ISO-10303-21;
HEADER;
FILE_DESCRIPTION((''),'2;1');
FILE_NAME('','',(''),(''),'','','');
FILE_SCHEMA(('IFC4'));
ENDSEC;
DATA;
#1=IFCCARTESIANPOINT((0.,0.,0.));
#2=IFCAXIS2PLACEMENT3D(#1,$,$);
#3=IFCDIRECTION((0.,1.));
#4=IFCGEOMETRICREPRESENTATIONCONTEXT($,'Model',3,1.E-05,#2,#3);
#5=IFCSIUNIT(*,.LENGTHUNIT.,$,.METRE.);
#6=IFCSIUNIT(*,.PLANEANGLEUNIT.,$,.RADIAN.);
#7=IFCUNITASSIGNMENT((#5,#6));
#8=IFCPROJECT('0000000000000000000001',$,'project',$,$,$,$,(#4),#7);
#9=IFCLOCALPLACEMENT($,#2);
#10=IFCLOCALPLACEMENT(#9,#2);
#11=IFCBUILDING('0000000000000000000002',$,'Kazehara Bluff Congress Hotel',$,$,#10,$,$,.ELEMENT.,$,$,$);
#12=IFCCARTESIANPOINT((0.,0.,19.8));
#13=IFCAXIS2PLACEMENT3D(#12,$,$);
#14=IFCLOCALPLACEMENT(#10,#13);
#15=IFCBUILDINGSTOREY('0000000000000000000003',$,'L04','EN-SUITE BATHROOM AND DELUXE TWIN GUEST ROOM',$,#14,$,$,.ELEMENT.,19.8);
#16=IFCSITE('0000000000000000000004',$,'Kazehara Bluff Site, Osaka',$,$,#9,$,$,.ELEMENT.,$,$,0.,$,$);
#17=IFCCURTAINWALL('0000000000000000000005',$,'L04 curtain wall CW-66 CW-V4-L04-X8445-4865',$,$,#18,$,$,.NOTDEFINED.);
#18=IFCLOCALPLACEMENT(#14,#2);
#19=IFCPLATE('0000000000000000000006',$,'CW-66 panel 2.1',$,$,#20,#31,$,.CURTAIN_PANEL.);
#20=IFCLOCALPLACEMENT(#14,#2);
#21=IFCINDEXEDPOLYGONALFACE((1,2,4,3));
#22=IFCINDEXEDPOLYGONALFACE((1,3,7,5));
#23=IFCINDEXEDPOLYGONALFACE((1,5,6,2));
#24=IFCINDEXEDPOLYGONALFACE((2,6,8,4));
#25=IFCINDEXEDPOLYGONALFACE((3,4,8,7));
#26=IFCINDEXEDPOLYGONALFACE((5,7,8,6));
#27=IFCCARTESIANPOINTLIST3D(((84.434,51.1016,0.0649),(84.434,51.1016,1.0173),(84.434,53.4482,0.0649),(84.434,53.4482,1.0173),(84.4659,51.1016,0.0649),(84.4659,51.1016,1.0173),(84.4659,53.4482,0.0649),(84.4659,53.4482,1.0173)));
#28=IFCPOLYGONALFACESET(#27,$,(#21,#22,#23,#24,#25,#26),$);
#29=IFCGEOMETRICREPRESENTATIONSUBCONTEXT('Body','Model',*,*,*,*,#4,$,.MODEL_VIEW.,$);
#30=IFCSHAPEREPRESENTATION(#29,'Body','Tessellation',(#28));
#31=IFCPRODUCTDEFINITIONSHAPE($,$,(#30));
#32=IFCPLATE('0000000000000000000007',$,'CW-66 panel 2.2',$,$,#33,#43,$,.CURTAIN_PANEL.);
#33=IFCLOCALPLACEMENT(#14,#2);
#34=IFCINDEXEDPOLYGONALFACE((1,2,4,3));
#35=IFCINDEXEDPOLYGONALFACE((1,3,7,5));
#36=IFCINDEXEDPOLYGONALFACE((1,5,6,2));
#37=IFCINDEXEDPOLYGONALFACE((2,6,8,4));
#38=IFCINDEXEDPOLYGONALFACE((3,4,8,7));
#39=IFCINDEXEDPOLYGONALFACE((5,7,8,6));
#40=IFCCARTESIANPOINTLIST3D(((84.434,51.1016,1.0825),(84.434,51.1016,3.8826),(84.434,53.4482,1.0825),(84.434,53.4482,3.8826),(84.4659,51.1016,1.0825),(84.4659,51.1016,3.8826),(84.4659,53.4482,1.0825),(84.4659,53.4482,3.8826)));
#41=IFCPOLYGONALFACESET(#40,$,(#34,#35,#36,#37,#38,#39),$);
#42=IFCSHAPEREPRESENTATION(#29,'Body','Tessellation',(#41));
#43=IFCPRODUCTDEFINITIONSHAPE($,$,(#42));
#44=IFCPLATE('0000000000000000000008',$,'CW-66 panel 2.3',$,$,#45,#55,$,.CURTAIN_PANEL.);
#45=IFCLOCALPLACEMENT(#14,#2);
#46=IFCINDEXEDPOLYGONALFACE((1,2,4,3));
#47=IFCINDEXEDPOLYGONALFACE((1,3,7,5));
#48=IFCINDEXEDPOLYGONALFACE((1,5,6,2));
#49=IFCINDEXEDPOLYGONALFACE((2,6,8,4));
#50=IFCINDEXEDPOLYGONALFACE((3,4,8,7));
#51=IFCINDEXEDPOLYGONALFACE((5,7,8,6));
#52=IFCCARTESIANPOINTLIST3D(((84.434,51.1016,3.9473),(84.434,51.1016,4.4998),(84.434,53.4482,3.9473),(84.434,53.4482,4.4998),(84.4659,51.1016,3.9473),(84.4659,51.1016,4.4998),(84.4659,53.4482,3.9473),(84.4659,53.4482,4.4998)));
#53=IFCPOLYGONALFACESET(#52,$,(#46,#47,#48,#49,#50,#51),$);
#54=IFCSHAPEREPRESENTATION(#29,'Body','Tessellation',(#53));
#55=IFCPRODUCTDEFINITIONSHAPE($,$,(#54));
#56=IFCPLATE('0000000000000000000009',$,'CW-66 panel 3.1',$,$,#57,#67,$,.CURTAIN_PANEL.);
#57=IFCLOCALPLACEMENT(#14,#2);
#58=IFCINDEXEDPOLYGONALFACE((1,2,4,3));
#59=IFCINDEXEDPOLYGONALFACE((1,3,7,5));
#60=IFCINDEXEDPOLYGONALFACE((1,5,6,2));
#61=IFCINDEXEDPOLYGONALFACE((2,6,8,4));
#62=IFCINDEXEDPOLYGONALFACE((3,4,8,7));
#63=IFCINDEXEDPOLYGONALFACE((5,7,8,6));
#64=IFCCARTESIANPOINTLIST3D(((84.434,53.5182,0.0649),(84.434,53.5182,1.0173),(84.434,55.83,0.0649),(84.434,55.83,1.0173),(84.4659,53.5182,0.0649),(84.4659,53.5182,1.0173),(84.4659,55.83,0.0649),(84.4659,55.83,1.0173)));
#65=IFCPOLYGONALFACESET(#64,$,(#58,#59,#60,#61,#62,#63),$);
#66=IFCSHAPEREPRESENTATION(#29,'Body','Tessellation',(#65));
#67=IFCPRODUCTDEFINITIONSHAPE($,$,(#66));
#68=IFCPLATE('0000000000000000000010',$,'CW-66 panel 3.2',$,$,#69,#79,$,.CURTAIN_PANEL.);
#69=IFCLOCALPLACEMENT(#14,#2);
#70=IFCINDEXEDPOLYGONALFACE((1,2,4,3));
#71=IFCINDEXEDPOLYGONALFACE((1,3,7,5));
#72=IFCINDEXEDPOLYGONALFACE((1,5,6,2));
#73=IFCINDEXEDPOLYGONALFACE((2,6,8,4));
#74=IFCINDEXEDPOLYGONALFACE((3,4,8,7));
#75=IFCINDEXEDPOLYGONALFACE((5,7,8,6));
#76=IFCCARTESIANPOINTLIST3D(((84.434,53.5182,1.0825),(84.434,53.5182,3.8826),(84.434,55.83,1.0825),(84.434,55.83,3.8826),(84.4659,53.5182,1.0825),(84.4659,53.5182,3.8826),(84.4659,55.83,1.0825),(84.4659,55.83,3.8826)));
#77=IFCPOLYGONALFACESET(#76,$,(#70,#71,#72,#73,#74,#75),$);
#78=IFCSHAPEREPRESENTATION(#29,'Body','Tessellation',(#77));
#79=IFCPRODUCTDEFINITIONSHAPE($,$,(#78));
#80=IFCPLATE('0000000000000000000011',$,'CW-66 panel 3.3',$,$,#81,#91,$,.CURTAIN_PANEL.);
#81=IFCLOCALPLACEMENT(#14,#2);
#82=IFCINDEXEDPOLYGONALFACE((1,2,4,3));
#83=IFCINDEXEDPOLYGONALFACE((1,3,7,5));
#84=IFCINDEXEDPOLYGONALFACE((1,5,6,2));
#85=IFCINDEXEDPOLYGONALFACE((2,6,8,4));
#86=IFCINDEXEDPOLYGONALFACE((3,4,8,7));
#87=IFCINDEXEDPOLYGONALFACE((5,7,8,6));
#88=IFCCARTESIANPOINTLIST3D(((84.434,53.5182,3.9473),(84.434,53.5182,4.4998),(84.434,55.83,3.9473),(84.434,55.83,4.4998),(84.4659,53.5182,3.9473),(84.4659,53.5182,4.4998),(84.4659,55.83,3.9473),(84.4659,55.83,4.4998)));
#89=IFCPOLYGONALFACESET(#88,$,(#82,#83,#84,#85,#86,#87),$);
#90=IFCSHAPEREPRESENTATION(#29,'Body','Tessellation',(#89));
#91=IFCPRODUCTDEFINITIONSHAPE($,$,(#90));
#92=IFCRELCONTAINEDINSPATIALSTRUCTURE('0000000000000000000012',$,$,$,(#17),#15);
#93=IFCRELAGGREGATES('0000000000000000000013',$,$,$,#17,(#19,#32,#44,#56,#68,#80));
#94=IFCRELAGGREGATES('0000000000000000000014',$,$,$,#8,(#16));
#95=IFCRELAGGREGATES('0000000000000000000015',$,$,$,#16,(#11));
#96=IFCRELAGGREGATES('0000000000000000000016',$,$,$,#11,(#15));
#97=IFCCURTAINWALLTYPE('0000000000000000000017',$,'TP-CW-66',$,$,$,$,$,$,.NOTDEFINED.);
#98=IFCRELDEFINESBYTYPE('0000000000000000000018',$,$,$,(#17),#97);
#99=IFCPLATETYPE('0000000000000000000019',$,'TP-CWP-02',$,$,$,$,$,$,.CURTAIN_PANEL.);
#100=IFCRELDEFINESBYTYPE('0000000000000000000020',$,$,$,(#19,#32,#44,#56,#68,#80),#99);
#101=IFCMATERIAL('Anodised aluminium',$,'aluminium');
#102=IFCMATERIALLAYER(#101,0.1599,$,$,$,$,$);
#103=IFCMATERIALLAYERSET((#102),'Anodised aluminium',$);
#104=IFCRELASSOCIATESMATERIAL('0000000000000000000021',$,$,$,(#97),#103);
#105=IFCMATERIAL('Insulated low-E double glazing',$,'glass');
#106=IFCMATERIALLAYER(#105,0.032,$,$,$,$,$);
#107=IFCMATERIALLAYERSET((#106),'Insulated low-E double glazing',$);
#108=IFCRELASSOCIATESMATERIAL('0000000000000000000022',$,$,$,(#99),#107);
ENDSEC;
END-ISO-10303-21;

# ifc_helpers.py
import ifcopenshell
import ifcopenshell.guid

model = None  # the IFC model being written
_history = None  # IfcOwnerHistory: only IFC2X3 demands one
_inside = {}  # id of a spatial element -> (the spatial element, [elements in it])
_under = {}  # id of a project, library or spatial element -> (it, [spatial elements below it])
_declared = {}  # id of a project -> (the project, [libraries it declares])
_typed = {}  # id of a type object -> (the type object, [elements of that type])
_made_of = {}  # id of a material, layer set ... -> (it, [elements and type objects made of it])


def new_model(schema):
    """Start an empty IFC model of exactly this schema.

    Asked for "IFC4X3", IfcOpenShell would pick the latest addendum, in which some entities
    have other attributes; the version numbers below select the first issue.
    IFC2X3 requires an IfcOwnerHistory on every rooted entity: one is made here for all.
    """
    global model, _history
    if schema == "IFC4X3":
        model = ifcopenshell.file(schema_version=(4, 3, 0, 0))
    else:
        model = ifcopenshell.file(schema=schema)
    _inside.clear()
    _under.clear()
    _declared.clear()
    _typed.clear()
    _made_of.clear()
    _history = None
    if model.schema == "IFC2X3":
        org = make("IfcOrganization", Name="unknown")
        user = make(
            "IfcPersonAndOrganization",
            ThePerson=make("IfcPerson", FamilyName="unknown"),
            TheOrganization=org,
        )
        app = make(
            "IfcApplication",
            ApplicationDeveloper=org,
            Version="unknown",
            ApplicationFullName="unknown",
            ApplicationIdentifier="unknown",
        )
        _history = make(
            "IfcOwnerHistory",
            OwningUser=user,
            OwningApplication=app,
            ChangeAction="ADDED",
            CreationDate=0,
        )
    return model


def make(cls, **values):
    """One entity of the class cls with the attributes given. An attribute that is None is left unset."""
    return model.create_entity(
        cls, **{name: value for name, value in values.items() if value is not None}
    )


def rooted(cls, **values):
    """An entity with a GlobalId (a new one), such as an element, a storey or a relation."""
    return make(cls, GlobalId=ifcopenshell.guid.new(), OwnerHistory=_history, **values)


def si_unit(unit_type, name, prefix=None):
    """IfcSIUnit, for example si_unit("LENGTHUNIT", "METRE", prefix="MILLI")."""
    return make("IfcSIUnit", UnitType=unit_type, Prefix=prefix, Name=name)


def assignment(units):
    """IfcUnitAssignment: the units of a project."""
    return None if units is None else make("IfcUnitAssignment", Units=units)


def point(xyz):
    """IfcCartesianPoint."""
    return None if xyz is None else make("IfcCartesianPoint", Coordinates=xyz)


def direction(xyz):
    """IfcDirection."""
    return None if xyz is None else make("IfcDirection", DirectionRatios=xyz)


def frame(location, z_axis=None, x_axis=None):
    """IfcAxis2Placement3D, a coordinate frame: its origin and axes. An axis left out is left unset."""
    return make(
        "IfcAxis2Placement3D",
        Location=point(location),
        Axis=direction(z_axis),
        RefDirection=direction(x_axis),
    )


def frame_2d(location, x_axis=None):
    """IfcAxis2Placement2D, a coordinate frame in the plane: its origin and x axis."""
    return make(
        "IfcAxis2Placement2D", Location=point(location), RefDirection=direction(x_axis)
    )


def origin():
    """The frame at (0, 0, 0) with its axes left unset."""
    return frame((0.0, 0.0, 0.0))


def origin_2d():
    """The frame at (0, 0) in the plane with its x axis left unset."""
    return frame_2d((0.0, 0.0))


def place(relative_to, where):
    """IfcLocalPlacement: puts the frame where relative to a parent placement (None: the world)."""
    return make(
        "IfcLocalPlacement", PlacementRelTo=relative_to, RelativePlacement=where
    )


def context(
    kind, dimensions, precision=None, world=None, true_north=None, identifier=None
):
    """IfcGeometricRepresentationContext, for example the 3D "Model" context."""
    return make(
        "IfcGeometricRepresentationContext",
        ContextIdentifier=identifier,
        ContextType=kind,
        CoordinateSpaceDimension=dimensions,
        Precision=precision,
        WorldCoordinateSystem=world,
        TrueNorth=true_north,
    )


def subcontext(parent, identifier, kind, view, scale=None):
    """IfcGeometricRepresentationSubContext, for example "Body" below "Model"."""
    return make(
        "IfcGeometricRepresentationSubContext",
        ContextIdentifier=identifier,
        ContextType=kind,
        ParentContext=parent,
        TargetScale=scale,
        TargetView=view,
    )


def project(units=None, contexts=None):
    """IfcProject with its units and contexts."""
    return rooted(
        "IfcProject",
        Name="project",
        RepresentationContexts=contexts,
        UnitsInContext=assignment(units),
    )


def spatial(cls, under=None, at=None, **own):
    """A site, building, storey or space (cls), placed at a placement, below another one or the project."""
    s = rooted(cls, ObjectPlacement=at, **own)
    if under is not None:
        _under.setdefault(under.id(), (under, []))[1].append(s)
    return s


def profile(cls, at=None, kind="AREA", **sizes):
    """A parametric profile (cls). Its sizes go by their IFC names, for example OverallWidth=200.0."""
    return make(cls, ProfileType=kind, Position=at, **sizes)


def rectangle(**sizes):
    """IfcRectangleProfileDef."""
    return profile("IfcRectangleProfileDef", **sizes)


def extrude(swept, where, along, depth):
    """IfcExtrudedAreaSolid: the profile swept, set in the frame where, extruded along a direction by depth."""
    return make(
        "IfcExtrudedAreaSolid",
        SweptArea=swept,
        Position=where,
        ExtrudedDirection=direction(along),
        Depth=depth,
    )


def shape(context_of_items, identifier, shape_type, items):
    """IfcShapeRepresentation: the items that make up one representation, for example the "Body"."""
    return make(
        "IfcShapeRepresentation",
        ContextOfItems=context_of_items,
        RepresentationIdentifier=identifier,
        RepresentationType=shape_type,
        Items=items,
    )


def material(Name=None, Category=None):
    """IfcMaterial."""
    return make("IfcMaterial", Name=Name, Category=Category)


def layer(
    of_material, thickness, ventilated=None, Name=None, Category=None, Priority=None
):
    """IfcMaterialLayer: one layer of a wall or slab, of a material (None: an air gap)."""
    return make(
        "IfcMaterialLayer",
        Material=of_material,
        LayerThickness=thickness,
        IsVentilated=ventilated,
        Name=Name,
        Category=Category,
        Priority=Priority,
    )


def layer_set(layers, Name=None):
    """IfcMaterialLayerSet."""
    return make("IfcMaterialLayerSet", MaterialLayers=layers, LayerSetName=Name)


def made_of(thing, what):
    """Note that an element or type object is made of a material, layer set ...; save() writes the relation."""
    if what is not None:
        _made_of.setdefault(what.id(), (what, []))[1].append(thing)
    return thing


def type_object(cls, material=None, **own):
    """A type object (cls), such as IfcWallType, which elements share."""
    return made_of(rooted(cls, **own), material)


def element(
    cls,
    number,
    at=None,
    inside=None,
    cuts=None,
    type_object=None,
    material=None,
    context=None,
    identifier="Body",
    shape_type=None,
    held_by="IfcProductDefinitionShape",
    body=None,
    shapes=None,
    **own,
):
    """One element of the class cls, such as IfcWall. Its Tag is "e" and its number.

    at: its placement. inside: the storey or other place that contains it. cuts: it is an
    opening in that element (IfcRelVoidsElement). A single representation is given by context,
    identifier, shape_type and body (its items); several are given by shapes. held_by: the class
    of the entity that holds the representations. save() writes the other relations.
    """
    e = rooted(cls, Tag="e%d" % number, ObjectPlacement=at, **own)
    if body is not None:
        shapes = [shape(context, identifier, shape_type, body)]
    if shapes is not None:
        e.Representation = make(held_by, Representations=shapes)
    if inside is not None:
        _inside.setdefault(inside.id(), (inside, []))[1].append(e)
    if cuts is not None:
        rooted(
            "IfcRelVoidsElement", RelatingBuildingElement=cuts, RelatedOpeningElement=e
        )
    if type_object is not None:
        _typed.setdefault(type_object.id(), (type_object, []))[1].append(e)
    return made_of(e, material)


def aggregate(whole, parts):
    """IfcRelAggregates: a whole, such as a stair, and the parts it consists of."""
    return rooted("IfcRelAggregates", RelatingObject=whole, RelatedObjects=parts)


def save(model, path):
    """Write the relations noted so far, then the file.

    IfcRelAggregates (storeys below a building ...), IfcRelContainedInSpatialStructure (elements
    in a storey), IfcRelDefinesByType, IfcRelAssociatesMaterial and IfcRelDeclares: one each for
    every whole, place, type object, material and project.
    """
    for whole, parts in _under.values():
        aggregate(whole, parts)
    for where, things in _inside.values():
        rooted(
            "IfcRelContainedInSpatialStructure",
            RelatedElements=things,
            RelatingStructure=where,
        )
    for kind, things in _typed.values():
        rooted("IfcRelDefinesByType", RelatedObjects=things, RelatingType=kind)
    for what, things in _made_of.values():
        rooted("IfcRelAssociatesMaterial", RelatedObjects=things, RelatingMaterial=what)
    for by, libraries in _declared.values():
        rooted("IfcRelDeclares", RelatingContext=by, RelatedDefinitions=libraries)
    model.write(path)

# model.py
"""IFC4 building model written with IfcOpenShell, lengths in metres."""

from ifc_helpers import new_model, si_unit, direction, frame, origin, origin_2d, place, context, subcontext, project, spatial, rectangle, extrude, material, layer, layer_set, type_object, element, aggregate, save


model = new_model("IFC4")

# Units and contexts
model_context = context("Model", 3, precision=1e-05, world=origin(), true_north=direction((0.0, 1.0)))
body_context = subcontext(model_context, "Body", "Model", "MODEL_VIEW")
ifc_project = project(units=[si_unit("LENGTHUNIT", "METRE"), si_unit("PLANEANGLEUNIT", "RADIAN")], contexts=[model_context])

# Site, building, storey
site_placement = place(None, origin())
site = spatial("IfcSite", under=ifc_project, at=site_placement, Name="Kazehara Bluff Site, Osaka", CompositionType="ELEMENT", RefElevation=0.0)
building_placement = place(site_placement, origin())
building = spatial("IfcBuilding", under=site, at=building_placement, Name="Kazehara Bluff Congress Hotel", CompositionType="ELEMENT")
storey_placement = place(building_placement, frame((0.0, 0.0, 19.8)))
storey = spatial("IfcBuildingStorey", under=building, at=storey_placement, Name="L04", Description="EN-SUITE BATHROOM AND DELUXE TWIN GUEST ROOM", CompositionType="ELEMENT", Elevation=19.8)

# Curtain wall
ifc_material_1 = material(Name="Anodised aluminium", Category="aluminium")
ifc_layer_1 = layer(ifc_material_1, 0.1599)
ifc_layer_set_1 = layer_set([ifc_layer_1], Name="Anodised aluminium")
curtain_wall_type_1 = type_object("IfcCurtainWallType", Name="TP-CW-66", PredefinedType="NOTDEFINED", material=ifc_layer_set_1)
curtain_wall_1_placement = place(storey_placement, origin())
curtain_wall_1 = element("IfcCurtainWall", 1, at=curtain_wall_1_placement, inside=storey, type_object=curtain_wall_type_1, Name="L04 curtain wall CW-66 CW-V4-L04-X8445-4865", PredefinedType="NOTDEFINED")

# Plates
ifc_material_2 = material(Name="Insulated low-E double glazing", Category="glass")
ifc_layer_2 = layer(ifc_material_2, 0.032)
ifc_layer_set_2 = layer_set([ifc_layer_2], Name="Insulated low-E double glazing")
plate_type_1 = type_object("IfcPlateType", Name="TP-CWP-02", PredefinedType="CURTAIN_PANEL", material=ifc_layer_set_2)
plate_1_placement = place(storey_placement, frame((84.45, 52.2749, 0.0649), z_axis=(0.0, 0.0, 1.0), x_axis=(0.0, 1.0, 0.0)))
plate_1 = element("IfcPlate", 2, at=plate_1_placement, type_object=plate_type_1, Name="CW-66 panel 2.1", PredefinedType="CURTAIN_PANEL", context=body_context, shape_type="SweptSolid", body=[
    extrude(rectangle(XDim=2.3467, YDim=0.032, at=origin_2d()), origin(), (0.0, 0.0, 1.0), 0.9524),
])
plate_2_placement = place(storey_placement, frame((84.45, 52.2749, 1.0825), z_axis=(0.0, 0.0, 1.0), x_axis=(0.0, 1.0, 0.0)))
plate_2 = element("IfcPlate", 3, at=plate_2_placement, type_object=plate_type_1, Name="CW-66 panel 2.2", PredefinedType="CURTAIN_PANEL", context=body_context, shape_type="SweptSolid", body=[
    extrude(rectangle(XDim=2.3467, YDim=0.032, at=origin_2d()), origin(), (0.0, 0.0, 1.0), 2.8),
])
plate_3_placement = place(storey_placement, frame((84.45, 52.2749, 3.9473), z_axis=(0.0, 0.0, 1.0), x_axis=(0.0, 1.0, 0.0)))
plate_3 = element("IfcPlate", 4, at=plate_3_placement, type_object=plate_type_1, Name="CW-66 panel 2.3", PredefinedType="CURTAIN_PANEL", context=body_context, shape_type="SweptSolid", body=[
    extrude(rectangle(XDim=2.3467, YDim=0.032, at=origin_2d()), origin(), (0.0, 0.0, 1.0), 0.5525),
])
plate_4_placement = place(storey_placement, frame((84.45, 54.6741, 0.0649), z_axis=(0.0, 0.0, 1.0), x_axis=(0.0, 1.0, 0.0)))
plate_4 = element("IfcPlate", 5, at=plate_4_placement, type_object=plate_type_1, Name="CW-66 panel 3.1", PredefinedType="CURTAIN_PANEL", context=body_context, shape_type="SweptSolid", body=[
    extrude(rectangle(XDim=2.3118, YDim=0.032, at=origin_2d()), origin(), (0.0, 0.0, 1.0), 0.9524),
])
plate_5_placement = place(storey_placement, frame((84.45, 54.6741, 1.0825), z_axis=(0.0, 0.0, 1.0), x_axis=(0.0, 1.0, 0.0)))
plate_5 = element("IfcPlate", 6, at=plate_5_placement, type_object=plate_type_1, Name="CW-66 panel 3.2", PredefinedType="CURTAIN_PANEL", context=body_context, shape_type="SweptSolid", body=[
    extrude(rectangle(XDim=2.3118, YDim=0.032, at=origin_2d()), origin(), (0.0, 0.0, 1.0), 2.8),
])
plate_6_placement = place(storey_placement, frame((84.45, 54.6741, 3.9473), z_axis=(0.0, 0.0, 1.0), x_axis=(0.0, 1.0, 0.0)))
plate_6 = element("IfcPlate", 7, at=plate_6_placement, type_object=plate_type_1, Name="CW-66 panel 3.3", PredefinedType="CURTAIN_PANEL", context=body_context, shape_type="SweptSolid", body=[
    extrude(rectangle(XDim=2.3118, YDim=0.032, at=origin_2d()), origin(), (0.0, 0.0, 1.0), 0.5525),
])
aggregate(curtain_wall_1, [plate_1, plate_2, plate_3, plate_4, plate_5, plate_6])

save(model, "model.ifc")
